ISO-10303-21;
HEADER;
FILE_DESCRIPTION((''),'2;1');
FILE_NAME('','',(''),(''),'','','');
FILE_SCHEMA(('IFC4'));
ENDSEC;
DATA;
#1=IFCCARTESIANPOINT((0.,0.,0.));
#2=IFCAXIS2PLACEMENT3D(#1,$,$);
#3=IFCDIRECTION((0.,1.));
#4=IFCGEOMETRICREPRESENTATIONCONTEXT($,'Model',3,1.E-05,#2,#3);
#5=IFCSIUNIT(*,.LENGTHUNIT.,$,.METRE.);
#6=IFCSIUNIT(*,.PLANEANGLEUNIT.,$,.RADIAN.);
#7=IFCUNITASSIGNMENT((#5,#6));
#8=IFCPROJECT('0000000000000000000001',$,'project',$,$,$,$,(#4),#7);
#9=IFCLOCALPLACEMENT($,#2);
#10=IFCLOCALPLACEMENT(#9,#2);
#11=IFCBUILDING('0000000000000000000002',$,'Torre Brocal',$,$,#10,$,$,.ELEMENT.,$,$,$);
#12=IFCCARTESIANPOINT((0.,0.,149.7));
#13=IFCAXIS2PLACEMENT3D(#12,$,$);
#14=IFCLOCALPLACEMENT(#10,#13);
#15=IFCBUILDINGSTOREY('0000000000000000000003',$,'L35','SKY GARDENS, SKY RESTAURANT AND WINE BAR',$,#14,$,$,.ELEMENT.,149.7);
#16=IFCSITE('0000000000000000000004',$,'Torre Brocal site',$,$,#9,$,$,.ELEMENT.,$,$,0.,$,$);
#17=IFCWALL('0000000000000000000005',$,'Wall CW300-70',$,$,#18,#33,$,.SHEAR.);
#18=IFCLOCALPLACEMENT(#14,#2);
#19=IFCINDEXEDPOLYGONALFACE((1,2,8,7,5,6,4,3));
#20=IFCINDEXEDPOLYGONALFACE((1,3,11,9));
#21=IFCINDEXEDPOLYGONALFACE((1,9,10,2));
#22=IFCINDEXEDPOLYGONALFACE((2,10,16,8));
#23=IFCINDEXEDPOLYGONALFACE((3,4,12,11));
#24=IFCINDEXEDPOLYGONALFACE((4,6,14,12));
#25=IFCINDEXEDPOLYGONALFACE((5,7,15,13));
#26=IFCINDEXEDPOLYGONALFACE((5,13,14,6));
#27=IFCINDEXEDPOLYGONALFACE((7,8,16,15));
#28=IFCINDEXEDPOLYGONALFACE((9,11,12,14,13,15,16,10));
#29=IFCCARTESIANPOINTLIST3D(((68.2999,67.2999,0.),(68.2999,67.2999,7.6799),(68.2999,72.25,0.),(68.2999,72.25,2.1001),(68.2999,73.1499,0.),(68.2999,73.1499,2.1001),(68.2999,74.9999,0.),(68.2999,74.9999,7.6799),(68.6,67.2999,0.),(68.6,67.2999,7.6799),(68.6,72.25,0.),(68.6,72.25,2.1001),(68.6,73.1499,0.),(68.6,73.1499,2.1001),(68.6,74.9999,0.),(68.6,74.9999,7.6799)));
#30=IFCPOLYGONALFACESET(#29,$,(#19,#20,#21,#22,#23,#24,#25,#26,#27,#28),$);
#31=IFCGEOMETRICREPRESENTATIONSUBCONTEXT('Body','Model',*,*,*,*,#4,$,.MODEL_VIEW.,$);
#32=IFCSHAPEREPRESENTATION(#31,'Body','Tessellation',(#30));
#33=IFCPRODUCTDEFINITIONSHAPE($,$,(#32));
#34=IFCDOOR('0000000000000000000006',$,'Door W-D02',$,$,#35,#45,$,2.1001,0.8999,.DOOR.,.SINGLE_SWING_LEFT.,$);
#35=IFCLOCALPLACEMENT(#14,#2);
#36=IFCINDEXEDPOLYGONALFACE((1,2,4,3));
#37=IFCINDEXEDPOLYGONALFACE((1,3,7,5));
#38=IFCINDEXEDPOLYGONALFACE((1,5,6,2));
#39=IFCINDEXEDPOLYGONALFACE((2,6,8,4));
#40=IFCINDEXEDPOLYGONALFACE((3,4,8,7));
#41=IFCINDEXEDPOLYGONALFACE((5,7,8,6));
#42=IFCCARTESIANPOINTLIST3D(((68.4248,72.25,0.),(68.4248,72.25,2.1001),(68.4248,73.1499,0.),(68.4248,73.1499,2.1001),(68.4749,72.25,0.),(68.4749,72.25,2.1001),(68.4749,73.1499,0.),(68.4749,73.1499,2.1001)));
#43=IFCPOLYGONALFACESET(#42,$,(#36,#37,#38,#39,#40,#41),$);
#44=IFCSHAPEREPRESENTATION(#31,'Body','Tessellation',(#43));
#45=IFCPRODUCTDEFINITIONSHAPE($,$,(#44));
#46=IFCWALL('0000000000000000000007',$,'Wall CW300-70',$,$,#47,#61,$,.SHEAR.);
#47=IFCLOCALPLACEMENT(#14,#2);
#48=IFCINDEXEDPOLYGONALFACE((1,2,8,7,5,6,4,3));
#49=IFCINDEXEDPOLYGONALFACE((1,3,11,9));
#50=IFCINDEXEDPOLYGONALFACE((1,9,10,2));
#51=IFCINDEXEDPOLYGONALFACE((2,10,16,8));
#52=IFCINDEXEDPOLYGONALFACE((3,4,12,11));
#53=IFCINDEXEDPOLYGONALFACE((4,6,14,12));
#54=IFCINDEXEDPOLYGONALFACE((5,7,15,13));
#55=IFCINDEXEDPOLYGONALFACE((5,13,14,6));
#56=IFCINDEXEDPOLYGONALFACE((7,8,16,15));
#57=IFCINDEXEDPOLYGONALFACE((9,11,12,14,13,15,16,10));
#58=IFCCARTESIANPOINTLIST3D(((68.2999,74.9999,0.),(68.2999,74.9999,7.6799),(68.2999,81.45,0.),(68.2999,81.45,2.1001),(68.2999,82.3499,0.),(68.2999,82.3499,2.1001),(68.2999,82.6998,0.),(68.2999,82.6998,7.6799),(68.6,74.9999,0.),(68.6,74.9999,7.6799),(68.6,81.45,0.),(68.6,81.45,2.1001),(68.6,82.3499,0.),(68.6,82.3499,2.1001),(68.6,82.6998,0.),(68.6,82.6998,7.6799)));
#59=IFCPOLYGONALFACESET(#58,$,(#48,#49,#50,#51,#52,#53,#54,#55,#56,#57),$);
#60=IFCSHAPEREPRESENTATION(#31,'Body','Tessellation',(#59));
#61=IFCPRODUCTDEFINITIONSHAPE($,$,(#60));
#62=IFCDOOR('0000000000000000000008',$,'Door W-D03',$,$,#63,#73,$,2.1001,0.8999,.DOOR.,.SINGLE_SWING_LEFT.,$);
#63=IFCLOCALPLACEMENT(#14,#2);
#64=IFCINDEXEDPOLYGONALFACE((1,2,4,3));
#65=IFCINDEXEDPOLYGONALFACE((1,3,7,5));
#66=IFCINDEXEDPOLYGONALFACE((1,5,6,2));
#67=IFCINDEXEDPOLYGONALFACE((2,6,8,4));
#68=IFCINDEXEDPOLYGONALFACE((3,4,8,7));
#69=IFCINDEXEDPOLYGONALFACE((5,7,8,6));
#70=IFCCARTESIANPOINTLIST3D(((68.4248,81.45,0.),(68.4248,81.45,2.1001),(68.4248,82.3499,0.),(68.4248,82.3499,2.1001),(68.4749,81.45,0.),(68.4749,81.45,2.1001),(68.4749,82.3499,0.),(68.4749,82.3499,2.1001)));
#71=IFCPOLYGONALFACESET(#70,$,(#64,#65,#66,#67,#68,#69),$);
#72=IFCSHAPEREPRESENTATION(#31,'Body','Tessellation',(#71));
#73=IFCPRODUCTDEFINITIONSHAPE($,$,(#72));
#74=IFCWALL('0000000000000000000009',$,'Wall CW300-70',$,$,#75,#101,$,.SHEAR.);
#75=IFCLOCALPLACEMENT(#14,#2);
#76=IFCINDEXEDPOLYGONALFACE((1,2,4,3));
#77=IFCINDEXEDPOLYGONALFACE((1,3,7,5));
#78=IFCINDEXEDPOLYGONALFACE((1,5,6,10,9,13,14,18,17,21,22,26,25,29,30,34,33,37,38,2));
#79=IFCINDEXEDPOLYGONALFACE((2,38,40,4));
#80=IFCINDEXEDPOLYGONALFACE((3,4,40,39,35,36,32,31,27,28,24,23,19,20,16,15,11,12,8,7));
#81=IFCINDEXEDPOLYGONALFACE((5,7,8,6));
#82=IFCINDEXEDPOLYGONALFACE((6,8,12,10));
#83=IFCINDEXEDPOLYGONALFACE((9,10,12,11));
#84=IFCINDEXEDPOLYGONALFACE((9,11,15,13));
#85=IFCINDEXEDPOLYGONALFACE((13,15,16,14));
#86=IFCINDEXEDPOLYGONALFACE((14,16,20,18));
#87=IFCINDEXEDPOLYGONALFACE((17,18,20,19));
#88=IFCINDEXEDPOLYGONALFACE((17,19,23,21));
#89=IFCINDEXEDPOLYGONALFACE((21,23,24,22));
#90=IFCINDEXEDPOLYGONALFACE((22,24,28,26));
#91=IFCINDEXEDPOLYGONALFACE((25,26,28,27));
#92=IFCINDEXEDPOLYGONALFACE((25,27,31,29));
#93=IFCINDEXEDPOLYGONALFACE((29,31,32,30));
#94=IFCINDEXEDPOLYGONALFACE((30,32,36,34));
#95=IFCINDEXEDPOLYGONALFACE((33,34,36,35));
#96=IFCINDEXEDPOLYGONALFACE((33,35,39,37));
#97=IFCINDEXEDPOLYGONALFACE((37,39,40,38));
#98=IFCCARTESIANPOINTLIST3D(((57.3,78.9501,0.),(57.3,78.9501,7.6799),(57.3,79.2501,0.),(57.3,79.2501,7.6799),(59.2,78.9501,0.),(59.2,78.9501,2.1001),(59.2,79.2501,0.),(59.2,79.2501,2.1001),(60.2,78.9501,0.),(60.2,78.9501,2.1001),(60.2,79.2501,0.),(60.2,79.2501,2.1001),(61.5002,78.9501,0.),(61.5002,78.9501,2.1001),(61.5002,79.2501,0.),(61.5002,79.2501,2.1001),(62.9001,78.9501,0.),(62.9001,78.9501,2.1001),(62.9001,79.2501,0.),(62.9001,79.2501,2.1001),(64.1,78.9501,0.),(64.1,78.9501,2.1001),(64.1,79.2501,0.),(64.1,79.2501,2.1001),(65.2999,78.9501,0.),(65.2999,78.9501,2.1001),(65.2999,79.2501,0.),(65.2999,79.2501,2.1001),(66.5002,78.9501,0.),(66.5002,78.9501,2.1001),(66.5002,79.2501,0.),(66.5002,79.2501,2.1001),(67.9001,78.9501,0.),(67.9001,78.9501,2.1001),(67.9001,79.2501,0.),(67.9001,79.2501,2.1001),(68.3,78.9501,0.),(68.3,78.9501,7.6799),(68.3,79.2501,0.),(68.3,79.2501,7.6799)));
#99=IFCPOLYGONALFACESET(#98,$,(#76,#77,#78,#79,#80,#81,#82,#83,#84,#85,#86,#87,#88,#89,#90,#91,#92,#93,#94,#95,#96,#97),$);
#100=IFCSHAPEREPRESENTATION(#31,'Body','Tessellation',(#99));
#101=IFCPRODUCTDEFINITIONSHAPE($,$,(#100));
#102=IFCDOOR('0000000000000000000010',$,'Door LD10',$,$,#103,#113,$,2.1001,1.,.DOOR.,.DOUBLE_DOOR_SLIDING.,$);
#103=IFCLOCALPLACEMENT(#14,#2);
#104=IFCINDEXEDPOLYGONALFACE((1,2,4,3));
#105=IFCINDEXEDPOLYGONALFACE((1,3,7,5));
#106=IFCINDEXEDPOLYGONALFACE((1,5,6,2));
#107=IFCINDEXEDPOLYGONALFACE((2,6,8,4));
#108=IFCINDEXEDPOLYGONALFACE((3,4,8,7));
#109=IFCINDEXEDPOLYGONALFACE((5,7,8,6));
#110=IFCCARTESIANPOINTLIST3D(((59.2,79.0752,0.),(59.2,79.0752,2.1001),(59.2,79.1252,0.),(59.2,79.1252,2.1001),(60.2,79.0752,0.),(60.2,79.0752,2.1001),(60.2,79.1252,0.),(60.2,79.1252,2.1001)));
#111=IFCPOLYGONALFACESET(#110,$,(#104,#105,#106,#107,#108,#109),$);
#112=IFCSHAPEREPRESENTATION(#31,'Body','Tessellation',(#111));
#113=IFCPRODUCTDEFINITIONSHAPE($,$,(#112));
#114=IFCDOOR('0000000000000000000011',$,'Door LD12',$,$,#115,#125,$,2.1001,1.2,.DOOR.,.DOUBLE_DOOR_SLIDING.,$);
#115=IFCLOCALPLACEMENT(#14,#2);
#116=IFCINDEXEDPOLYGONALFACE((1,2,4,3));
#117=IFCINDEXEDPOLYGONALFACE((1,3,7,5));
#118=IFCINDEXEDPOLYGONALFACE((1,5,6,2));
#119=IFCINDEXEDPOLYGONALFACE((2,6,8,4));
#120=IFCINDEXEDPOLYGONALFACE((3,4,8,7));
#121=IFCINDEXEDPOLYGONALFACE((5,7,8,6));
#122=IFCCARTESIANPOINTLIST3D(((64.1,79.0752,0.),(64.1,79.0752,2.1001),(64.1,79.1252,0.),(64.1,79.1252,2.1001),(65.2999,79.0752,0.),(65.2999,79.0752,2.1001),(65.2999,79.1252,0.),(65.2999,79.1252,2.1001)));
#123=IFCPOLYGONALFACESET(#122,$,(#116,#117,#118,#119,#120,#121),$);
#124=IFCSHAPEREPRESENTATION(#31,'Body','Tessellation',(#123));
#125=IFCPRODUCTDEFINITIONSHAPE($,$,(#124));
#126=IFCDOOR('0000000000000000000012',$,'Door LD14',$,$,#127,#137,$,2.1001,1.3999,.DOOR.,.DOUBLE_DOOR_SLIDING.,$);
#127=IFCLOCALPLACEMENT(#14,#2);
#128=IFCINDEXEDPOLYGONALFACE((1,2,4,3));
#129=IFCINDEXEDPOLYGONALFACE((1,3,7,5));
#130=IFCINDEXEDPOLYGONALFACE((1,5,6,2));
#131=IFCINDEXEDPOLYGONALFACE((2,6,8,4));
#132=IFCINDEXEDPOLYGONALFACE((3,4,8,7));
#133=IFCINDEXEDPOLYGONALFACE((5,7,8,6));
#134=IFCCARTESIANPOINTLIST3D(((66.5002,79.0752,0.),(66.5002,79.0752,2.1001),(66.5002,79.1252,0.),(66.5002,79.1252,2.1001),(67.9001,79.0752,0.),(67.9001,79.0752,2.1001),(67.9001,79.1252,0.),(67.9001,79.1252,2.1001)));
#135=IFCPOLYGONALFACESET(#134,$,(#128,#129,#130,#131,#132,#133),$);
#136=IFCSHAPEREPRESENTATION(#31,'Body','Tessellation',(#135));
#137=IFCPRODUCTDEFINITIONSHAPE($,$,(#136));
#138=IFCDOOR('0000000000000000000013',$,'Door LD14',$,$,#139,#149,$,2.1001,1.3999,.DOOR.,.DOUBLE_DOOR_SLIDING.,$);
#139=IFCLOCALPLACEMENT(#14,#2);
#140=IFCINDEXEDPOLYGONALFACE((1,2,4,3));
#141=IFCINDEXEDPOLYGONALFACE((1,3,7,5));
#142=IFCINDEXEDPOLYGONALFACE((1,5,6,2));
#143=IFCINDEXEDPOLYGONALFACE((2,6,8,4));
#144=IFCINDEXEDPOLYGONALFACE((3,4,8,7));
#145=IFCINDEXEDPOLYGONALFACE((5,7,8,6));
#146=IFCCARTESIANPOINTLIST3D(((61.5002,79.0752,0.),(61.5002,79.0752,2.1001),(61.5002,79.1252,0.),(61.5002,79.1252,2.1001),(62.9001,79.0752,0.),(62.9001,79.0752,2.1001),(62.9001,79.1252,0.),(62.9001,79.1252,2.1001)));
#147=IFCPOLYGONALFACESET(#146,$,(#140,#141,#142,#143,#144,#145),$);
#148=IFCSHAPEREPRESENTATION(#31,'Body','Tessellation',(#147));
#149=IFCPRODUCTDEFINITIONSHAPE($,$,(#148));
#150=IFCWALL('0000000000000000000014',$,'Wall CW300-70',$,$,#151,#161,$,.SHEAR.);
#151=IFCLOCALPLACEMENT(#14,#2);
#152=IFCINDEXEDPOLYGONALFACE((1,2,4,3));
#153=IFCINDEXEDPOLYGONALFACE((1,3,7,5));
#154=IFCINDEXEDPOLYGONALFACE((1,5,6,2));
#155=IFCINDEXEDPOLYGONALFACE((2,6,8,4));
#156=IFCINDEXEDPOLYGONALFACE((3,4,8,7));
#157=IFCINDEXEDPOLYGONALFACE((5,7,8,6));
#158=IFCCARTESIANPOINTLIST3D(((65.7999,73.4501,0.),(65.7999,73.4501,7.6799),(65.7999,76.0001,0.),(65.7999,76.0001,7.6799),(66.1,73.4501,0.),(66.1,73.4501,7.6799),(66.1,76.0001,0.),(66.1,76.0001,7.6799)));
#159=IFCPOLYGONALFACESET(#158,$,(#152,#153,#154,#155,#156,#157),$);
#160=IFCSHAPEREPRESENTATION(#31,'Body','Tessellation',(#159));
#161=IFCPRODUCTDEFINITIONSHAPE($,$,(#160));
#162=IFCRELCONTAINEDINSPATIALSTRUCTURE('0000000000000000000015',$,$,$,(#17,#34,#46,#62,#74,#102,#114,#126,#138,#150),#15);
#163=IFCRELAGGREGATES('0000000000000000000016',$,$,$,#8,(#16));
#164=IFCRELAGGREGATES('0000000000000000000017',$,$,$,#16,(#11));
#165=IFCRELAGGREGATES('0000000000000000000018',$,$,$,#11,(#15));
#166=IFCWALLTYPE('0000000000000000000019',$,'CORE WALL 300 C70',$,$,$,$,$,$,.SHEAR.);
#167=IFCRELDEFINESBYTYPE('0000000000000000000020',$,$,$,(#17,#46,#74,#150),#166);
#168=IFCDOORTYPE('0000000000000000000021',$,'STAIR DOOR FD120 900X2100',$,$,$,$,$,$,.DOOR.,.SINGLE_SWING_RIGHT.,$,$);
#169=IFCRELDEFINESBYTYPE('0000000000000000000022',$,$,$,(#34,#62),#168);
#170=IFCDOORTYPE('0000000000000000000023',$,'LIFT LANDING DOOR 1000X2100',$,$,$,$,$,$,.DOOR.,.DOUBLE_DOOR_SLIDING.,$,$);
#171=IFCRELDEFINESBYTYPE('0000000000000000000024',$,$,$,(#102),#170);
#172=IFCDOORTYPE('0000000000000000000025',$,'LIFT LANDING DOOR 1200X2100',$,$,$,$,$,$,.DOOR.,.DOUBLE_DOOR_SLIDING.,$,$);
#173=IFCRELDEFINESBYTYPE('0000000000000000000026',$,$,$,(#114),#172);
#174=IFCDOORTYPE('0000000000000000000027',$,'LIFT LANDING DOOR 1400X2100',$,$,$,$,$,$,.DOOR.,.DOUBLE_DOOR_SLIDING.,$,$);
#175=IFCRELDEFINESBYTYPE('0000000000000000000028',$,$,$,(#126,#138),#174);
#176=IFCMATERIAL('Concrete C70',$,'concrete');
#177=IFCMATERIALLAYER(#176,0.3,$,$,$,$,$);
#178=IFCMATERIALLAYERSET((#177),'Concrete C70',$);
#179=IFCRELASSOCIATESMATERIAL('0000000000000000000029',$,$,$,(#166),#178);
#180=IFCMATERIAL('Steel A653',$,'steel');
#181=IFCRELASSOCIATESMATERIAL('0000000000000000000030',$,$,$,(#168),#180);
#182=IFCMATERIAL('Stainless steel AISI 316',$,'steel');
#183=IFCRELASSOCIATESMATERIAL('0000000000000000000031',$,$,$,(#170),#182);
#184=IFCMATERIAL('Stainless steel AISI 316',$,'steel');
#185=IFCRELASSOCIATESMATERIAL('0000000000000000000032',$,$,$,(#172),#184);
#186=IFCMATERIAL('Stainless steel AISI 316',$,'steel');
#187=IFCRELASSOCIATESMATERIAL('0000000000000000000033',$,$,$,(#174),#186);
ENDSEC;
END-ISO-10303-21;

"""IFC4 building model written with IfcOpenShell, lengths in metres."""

from ifc_helpers import new_model, si_unit, direction, frame, frame_2d, origin, place, context, subcontext, project, spatial, rectangle, extrude, material, layer, layer_set, type_object, element, fill, save


model = new_model("IFC4")

# Units and contexts
model_context = context("Model", 3, precision=1e-05, world=origin(), true_north=direction((0.0, 1.0)))
body_context = subcontext(model_context, "Body", "Model", "MODEL_VIEW")
ifc_project = project(units=[si_unit("LENGTHUNIT", "METRE"), si_unit("PLANEANGLEUNIT", "RADIAN")], contexts=[model_context])

# Site, building, storey
site_placement = place(None, origin())
site = spatial("IfcSite", under=ifc_project, at=site_placement, Name="Torre Brocal site", CompositionType="ELEMENT", RefElevation=0.0)
building_placement = place(site_placement, origin())
building = spatial("IfcBuilding", under=site, at=building_placement, Name="Torre Brocal", CompositionType="ELEMENT")
storey_placement = place(building_placement, frame((0.0, 0.0, 149.7)))
storey = spatial("IfcBuildingStorey", under=building, at=storey_placement, Name="L35", Description="SKY GARDENS, SKY RESTAURANT AND WINE BAR", CompositionType="ELEMENT", Elevation=149.7)

# Walls, openings, doors
ifc_material_1 = material(Name="Concrete C70", Category="concrete")
ifc_layer_1 = layer(ifc_material_1, 0.3)
ifc_layer_set_1 = layer_set([ifc_layer_1], Name="Concrete C70")
wall_type_1 = type_object("IfcWallType", Name="CORE WALL 300 C70", PredefinedType="SHEAR", material=ifc_layer_set_1)
wall_1_placement = place(storey_placement, frame((68.45, 75.0, 0.0), z_axis=(0.0, 0.0, 1.0), x_axis=(0.0, -1.0, 0.0)))
wall_1 = element("IfcWall", 1, at=wall_1_placement, inside=storey, type_object=wall_type_1, Name="Wall CW300-70", PredefinedType="SHEAR", context=body_context, shape_type="SweptSolid", body=[
    extrude(rectangle(XDim=7.7, YDim=0.3, at=frame_2d((3.8501, 0.0))), origin(), (0.0, 0.0, 1.0), 7.6799),
])
opening_1_placement = place(wall_1_placement, frame((1.8501, 0.0, 0.0)))
opening_1 = element("IfcOpeningElement", 2, at=opening_1_placement, cuts=wall_1, PredefinedType="OPENING", context=body_context, shape_type="SweptSolid", body=[
    extrude(rectangle(XDim=0.8999, YDim=2.1001, at=frame_2d((0.45, 1.05))), frame((0.0, 0.1599, 0.0), z_axis=(0.0, -1.0, 0.0), x_axis=(1.0, 0.0, 0.0)), (0.0, 0.0, 1.0), 0.3201),
])
ifc_material_2 = material(Name="Steel A653", Category="steel")
door_type_1 = type_object("IfcDoorType", Name="STAIR DOOR FD120 900X2100", OperationType="SINGLE_SWING_RIGHT", PredefinedType="DOOR", material=ifc_material_2)
door_1_placement = place(opening_1_placement, origin())
door_1 = element("IfcDoor", 3, at=door_1_placement, inside=storey, type_object=door_type_1, Name="Door W-D02", OperationType="SINGLE_SWING_LEFT", OverallHeight=2.1001, OverallWidth=0.8999, PredefinedType="DOOR", context=body_context, shape_type="SweptSolid", body=[
    extrude(rectangle(XDim=0.8999, YDim=2.1001, at=frame_2d((0.45, 1.05))), frame((0.0, 0.0249, 0.0), z_axis=(0.0, -1.0, 0.0), x_axis=(1.0, 0.0, 0.0)), (0.0, 0.0, 1.0), 0.05),
])
fill(opening_1, door_1)
wall_2_placement = place(storey_placement, frame((68.45, 82.7, 0.0), z_axis=(0.0, 0.0, 1.0), x_axis=(0.0, -1.0, 0.0)))
wall_2 = element("IfcWall", 4, at=wall_2_placement, inside=storey, type_object=wall_type_1, Name="Wall CW300-70", PredefinedType="SHEAR", context=body_context, shape_type="SweptSolid", body=[
    extrude(rectangle(XDim=7.7, YDim=0.3, at=frame_2d((3.8501, 0.0))), origin(), (0.0, 0.0, 1.0), 7.6799),
])
opening_2_placement = place(wall_2_placement, frame((0.3501, 0.0, 0.0)))
opening_2 = element("IfcOpeningElement", 5, at=opening_2_placement, cuts=wall_2, PredefinedType="OPENING", context=body_context, shape_type="SweptSolid", body=[
    extrude(rectangle(XDim=0.8999, YDim=2.1001, at=frame_2d((0.45, 1.05))), frame((0.0, 0.1599, 0.0), z_axis=(0.0, -1.0, 0.0), x_axis=(1.0, 0.0, 0.0)), (0.0, 0.0, 1.0), 0.3201),
])
door_2_placement = place(opening_2_placement, origin())
door_2 = element("IfcDoor", 6, at=door_2_placement, inside=storey, type_object=door_type_1, Name="Door W-D03", OperationType="SINGLE_SWING_LEFT", OverallHeight=2.1001, OverallWidth=0.8999, PredefinedType="DOOR", context=body_context, shape_type="SweptSolid", body=[
    extrude(rectangle(XDim=0.8999, YDim=2.1001, at=frame_2d((0.45, 1.05))), frame((0.0, 0.0249, 0.0), z_axis=(0.0, -1.0, 0.0), x_axis=(1.0, 0.0, 0.0)), (0.0, 0.0, 1.0), 0.05),
])
fill(opening_2, door_2)

# Wall, openings, doors
wall_3_placement = place(storey_placement, frame((68.3, 79.1001, 0.0), z_axis=(0.0, 0.0, 1.0), x_axis=(-1.0, 0.0, 0.0)))
wall_3 = element("IfcWall", 7, at=wall_3_placement, inside=storey, type_object=wall_type_1, Name="Wall CW300-70", PredefinedType="SHEAR", context=body_context, shape_type="SweptSolid", body=[
    extrude(rectangle(XDim=11.0, YDim=0.3, at=frame_2d((5.5, 0.0))), origin(), (0.0, 0.0, 1.0), 7.6799),
])
opening_3_placement = place(wall_3_placement, frame((0.3999, 0.0, 0.0)))
opening_3 = element("IfcOpeningElement", 8, at=opening_3_placement, cuts=wall_3, PredefinedType="OPENING", context=body_context, shape_type="SweptSolid", body=[
    extrude(rectangle(XDim=1.3999, YDim=2.1001, at=frame_2d((0.7, 1.05))), frame((0.0, 0.1599, 0.0), z_axis=(0.0, -1.0, 0.0), x_axis=(1.0, 0.0, 0.0)), (0.0, 0.0, 1.0), 0.3201),
])
opening_4_placement = place(wall_3_placement, frame((3.0, 0.0, 0.0)))
opening_4 = element("IfcOpeningElement", 9, at=opening_4_placement, cuts=wall_3, PredefinedType="OPENING", context=body_context, shape_type="SweptSolid", body=[
    extrude(rectangle(XDim=1.2, YDim=2.1001, at=frame_2d((0.6001, 1.05))), frame((0.0, 0.1599, 0.0), z_axis=(0.0, -1.0, 0.0), x_axis=(1.0, 0.0, 0.0)), (0.0, 0.0, 1.0), 0.3201),
])
opening_5_placement = place(wall_3_placement, frame((5.3999, 0.0, 0.0)))
opening_5 = element("IfcOpeningElement", 10, at=opening_5_placement, cuts=wall_3, PredefinedType="OPENING", context=body_context, shape_type="SweptSolid", body=[
    extrude(rectangle(XDim=1.3999, YDim=2.1001, at=frame_2d((0.7, 1.05))), frame((0.0, 0.1599, 0.0), z_axis=(0.0, -1.0, 0.0), x_axis=(1.0, 0.0, 0.0)), (0.0, 0.0, 1.0), 0.3201),
])
opening_6_placement = place(wall_3_placement, frame((8.1001, 0.0, 0.0)))
opening_6 = element("IfcOpeningElement", 11, at=opening_6_placement, cuts=wall_3, PredefinedType="OPENING", context=body_context, shape_type="SweptSolid", body=[
    extrude(rectangle(XDim=1.0, YDim=2.1001, at=frame_2d((0.5, 1.05))), frame((0.0, 0.1599, 0.0), z_axis=(0.0, -1.0, 0.0), x_axis=(1.0, 0.0, 0.0)), (0.0, 0.0, 1.0), 0.3201),
])
ifc_material_3 = material(Name="Stainless steel AISI 316", Category="steel")
door_type_2 = type_object("IfcDoorType", Name="LIFT LANDING DOOR 1000X2100", OperationType="DOUBLE_DOOR_SLIDING", PredefinedType="DOOR", material=ifc_material_3)
door_3_placement = place(opening_6_placement, origin())
door_3 = element("IfcDoor", 12, at=door_3_placement, inside=storey, type_object=door_type_2, Name="Door LD10", OperationType="DOUBLE_DOOR_SLIDING", OverallHeight=2.1001, OverallWidth=1.0, PredefinedType="DOOR", context=body_context, shape_type="SweptSolid", body=[
    extrude(rectangle(XDim=1.0, YDim=2.1001, at=frame_2d((0.5, 1.05))), frame((0.0, 0.0249, 0.0), z_axis=(0.0, -1.0, 0.0), x_axis=(1.0, 0.0, 0.0)), (0.0, 0.0, 1.0), 0.05),
])
fill(opening_6, door_3)
ifc_material_4 = material(Name="Stainless steel AISI 316", Category="steel")
door_type_3 = type_object("IfcDoorType", Name="LIFT LANDING DOOR 1200X2100", OperationType="DOUBLE_DOOR_SLIDING", PredefinedType="DOOR", material=ifc_material_4)
door_4_placement = place(opening_4_placement, origin())
door_4 = element("IfcDoor", 13, at=door_4_placement, inside=storey, type_object=door_type_3, Name="Door LD12", OperationType="DOUBLE_DOOR_SLIDING", OverallHeight=2.1001, OverallWidth=1.2, PredefinedType="DOOR", context=body_context, shape_type="SweptSolid", body=[
    extrude(rectangle(XDim=1.2, YDim=2.1001, at=frame_2d((0.6001, 1.05))), frame((0.0, 0.0249, 0.0), z_axis=(0.0, -1.0, 0.0), x_axis=(1.0, 0.0, 0.0)), (0.0, 0.0, 1.0), 0.05),
])
fill(opening_4, door_4)
ifc_material_5 = material(Name="Stainless steel AISI 316", Category="steel")
door_type_4 = type_object("IfcDoorType", Name="LIFT LANDING DOOR 1400X2100", OperationType="DOUBLE_DOOR_SLIDING", PredefinedType="DOOR", material=ifc_material_5)
door_5_placement = place(opening_3_placement, origin())
door_5 = element("IfcDoor", 14, at=door_5_placement, inside=storey, type_object=door_type_4, Name="Door LD14", OperationType="DOUBLE_DOOR_SLIDING", OverallHeight=2.1001, OverallWidth=1.3999, PredefinedType="DOOR", context=body_context, shape_type="SweptSolid", body=[
    extrude(rectangle(XDim=1.3999, YDim=2.1001, at=frame_2d((0.7, 1.05))), frame((0.0, 0.0249, 0.0), z_axis=(0.0, -1.0, 0.0), x_axis=(1.0, 0.0, 0.0)), (0.0, 0.0, 1.0), 0.05),
])
fill(opening_3, door_5)
door_6_placement = place(opening_5_placement, origin())
door_6 = element("IfcDoor", 15, at=door_6_placement, inside=storey, type_object=door_type_4, Name="Door LD14", OperationType="DOUBLE_DOOR_SLIDING", OverallHeight=2.1001, OverallWidth=1.3999, PredefinedType="DOOR", context=body_context, shape_type="SweptSolid", body=[
    extrude(rectangle(XDim=1.3999, YDim=2.1001, at=frame_2d((0.7, 1.05))), frame((0.0, 0.0249, 0.0), z_axis=(0.0, -1.0, 0.0), x_axis=(1.0, 0.0, 0.0)), (0.0, 0.0, 1.0), 0.05),
])
fill(opening_5, door_6)

# Wall
for number, where, z_axis, x_axis, name in (
    (16, (65.95, 76.0, 0.0), (0.0, 0.0, 1.0), (0.0, -1.0, 0.0), "Wall CW300-70"),
):
    element("IfcWall", number, at=place(storey_placement, frame(where, z_axis=z_axis, x_axis=x_axis)), inside=storey, type_object=wall_type_1, Name=name, PredefinedType="SHEAR", context=body_context, shape_type="SweptSolid", body=[
        extrude(rectangle(XDim=2.55, YDim=0.3, at=frame_2d((1.2749, 0.0))), origin(), (0.0, 0.0, 1.0), 7.6799),
    ])

save(model, "model.ifc")
